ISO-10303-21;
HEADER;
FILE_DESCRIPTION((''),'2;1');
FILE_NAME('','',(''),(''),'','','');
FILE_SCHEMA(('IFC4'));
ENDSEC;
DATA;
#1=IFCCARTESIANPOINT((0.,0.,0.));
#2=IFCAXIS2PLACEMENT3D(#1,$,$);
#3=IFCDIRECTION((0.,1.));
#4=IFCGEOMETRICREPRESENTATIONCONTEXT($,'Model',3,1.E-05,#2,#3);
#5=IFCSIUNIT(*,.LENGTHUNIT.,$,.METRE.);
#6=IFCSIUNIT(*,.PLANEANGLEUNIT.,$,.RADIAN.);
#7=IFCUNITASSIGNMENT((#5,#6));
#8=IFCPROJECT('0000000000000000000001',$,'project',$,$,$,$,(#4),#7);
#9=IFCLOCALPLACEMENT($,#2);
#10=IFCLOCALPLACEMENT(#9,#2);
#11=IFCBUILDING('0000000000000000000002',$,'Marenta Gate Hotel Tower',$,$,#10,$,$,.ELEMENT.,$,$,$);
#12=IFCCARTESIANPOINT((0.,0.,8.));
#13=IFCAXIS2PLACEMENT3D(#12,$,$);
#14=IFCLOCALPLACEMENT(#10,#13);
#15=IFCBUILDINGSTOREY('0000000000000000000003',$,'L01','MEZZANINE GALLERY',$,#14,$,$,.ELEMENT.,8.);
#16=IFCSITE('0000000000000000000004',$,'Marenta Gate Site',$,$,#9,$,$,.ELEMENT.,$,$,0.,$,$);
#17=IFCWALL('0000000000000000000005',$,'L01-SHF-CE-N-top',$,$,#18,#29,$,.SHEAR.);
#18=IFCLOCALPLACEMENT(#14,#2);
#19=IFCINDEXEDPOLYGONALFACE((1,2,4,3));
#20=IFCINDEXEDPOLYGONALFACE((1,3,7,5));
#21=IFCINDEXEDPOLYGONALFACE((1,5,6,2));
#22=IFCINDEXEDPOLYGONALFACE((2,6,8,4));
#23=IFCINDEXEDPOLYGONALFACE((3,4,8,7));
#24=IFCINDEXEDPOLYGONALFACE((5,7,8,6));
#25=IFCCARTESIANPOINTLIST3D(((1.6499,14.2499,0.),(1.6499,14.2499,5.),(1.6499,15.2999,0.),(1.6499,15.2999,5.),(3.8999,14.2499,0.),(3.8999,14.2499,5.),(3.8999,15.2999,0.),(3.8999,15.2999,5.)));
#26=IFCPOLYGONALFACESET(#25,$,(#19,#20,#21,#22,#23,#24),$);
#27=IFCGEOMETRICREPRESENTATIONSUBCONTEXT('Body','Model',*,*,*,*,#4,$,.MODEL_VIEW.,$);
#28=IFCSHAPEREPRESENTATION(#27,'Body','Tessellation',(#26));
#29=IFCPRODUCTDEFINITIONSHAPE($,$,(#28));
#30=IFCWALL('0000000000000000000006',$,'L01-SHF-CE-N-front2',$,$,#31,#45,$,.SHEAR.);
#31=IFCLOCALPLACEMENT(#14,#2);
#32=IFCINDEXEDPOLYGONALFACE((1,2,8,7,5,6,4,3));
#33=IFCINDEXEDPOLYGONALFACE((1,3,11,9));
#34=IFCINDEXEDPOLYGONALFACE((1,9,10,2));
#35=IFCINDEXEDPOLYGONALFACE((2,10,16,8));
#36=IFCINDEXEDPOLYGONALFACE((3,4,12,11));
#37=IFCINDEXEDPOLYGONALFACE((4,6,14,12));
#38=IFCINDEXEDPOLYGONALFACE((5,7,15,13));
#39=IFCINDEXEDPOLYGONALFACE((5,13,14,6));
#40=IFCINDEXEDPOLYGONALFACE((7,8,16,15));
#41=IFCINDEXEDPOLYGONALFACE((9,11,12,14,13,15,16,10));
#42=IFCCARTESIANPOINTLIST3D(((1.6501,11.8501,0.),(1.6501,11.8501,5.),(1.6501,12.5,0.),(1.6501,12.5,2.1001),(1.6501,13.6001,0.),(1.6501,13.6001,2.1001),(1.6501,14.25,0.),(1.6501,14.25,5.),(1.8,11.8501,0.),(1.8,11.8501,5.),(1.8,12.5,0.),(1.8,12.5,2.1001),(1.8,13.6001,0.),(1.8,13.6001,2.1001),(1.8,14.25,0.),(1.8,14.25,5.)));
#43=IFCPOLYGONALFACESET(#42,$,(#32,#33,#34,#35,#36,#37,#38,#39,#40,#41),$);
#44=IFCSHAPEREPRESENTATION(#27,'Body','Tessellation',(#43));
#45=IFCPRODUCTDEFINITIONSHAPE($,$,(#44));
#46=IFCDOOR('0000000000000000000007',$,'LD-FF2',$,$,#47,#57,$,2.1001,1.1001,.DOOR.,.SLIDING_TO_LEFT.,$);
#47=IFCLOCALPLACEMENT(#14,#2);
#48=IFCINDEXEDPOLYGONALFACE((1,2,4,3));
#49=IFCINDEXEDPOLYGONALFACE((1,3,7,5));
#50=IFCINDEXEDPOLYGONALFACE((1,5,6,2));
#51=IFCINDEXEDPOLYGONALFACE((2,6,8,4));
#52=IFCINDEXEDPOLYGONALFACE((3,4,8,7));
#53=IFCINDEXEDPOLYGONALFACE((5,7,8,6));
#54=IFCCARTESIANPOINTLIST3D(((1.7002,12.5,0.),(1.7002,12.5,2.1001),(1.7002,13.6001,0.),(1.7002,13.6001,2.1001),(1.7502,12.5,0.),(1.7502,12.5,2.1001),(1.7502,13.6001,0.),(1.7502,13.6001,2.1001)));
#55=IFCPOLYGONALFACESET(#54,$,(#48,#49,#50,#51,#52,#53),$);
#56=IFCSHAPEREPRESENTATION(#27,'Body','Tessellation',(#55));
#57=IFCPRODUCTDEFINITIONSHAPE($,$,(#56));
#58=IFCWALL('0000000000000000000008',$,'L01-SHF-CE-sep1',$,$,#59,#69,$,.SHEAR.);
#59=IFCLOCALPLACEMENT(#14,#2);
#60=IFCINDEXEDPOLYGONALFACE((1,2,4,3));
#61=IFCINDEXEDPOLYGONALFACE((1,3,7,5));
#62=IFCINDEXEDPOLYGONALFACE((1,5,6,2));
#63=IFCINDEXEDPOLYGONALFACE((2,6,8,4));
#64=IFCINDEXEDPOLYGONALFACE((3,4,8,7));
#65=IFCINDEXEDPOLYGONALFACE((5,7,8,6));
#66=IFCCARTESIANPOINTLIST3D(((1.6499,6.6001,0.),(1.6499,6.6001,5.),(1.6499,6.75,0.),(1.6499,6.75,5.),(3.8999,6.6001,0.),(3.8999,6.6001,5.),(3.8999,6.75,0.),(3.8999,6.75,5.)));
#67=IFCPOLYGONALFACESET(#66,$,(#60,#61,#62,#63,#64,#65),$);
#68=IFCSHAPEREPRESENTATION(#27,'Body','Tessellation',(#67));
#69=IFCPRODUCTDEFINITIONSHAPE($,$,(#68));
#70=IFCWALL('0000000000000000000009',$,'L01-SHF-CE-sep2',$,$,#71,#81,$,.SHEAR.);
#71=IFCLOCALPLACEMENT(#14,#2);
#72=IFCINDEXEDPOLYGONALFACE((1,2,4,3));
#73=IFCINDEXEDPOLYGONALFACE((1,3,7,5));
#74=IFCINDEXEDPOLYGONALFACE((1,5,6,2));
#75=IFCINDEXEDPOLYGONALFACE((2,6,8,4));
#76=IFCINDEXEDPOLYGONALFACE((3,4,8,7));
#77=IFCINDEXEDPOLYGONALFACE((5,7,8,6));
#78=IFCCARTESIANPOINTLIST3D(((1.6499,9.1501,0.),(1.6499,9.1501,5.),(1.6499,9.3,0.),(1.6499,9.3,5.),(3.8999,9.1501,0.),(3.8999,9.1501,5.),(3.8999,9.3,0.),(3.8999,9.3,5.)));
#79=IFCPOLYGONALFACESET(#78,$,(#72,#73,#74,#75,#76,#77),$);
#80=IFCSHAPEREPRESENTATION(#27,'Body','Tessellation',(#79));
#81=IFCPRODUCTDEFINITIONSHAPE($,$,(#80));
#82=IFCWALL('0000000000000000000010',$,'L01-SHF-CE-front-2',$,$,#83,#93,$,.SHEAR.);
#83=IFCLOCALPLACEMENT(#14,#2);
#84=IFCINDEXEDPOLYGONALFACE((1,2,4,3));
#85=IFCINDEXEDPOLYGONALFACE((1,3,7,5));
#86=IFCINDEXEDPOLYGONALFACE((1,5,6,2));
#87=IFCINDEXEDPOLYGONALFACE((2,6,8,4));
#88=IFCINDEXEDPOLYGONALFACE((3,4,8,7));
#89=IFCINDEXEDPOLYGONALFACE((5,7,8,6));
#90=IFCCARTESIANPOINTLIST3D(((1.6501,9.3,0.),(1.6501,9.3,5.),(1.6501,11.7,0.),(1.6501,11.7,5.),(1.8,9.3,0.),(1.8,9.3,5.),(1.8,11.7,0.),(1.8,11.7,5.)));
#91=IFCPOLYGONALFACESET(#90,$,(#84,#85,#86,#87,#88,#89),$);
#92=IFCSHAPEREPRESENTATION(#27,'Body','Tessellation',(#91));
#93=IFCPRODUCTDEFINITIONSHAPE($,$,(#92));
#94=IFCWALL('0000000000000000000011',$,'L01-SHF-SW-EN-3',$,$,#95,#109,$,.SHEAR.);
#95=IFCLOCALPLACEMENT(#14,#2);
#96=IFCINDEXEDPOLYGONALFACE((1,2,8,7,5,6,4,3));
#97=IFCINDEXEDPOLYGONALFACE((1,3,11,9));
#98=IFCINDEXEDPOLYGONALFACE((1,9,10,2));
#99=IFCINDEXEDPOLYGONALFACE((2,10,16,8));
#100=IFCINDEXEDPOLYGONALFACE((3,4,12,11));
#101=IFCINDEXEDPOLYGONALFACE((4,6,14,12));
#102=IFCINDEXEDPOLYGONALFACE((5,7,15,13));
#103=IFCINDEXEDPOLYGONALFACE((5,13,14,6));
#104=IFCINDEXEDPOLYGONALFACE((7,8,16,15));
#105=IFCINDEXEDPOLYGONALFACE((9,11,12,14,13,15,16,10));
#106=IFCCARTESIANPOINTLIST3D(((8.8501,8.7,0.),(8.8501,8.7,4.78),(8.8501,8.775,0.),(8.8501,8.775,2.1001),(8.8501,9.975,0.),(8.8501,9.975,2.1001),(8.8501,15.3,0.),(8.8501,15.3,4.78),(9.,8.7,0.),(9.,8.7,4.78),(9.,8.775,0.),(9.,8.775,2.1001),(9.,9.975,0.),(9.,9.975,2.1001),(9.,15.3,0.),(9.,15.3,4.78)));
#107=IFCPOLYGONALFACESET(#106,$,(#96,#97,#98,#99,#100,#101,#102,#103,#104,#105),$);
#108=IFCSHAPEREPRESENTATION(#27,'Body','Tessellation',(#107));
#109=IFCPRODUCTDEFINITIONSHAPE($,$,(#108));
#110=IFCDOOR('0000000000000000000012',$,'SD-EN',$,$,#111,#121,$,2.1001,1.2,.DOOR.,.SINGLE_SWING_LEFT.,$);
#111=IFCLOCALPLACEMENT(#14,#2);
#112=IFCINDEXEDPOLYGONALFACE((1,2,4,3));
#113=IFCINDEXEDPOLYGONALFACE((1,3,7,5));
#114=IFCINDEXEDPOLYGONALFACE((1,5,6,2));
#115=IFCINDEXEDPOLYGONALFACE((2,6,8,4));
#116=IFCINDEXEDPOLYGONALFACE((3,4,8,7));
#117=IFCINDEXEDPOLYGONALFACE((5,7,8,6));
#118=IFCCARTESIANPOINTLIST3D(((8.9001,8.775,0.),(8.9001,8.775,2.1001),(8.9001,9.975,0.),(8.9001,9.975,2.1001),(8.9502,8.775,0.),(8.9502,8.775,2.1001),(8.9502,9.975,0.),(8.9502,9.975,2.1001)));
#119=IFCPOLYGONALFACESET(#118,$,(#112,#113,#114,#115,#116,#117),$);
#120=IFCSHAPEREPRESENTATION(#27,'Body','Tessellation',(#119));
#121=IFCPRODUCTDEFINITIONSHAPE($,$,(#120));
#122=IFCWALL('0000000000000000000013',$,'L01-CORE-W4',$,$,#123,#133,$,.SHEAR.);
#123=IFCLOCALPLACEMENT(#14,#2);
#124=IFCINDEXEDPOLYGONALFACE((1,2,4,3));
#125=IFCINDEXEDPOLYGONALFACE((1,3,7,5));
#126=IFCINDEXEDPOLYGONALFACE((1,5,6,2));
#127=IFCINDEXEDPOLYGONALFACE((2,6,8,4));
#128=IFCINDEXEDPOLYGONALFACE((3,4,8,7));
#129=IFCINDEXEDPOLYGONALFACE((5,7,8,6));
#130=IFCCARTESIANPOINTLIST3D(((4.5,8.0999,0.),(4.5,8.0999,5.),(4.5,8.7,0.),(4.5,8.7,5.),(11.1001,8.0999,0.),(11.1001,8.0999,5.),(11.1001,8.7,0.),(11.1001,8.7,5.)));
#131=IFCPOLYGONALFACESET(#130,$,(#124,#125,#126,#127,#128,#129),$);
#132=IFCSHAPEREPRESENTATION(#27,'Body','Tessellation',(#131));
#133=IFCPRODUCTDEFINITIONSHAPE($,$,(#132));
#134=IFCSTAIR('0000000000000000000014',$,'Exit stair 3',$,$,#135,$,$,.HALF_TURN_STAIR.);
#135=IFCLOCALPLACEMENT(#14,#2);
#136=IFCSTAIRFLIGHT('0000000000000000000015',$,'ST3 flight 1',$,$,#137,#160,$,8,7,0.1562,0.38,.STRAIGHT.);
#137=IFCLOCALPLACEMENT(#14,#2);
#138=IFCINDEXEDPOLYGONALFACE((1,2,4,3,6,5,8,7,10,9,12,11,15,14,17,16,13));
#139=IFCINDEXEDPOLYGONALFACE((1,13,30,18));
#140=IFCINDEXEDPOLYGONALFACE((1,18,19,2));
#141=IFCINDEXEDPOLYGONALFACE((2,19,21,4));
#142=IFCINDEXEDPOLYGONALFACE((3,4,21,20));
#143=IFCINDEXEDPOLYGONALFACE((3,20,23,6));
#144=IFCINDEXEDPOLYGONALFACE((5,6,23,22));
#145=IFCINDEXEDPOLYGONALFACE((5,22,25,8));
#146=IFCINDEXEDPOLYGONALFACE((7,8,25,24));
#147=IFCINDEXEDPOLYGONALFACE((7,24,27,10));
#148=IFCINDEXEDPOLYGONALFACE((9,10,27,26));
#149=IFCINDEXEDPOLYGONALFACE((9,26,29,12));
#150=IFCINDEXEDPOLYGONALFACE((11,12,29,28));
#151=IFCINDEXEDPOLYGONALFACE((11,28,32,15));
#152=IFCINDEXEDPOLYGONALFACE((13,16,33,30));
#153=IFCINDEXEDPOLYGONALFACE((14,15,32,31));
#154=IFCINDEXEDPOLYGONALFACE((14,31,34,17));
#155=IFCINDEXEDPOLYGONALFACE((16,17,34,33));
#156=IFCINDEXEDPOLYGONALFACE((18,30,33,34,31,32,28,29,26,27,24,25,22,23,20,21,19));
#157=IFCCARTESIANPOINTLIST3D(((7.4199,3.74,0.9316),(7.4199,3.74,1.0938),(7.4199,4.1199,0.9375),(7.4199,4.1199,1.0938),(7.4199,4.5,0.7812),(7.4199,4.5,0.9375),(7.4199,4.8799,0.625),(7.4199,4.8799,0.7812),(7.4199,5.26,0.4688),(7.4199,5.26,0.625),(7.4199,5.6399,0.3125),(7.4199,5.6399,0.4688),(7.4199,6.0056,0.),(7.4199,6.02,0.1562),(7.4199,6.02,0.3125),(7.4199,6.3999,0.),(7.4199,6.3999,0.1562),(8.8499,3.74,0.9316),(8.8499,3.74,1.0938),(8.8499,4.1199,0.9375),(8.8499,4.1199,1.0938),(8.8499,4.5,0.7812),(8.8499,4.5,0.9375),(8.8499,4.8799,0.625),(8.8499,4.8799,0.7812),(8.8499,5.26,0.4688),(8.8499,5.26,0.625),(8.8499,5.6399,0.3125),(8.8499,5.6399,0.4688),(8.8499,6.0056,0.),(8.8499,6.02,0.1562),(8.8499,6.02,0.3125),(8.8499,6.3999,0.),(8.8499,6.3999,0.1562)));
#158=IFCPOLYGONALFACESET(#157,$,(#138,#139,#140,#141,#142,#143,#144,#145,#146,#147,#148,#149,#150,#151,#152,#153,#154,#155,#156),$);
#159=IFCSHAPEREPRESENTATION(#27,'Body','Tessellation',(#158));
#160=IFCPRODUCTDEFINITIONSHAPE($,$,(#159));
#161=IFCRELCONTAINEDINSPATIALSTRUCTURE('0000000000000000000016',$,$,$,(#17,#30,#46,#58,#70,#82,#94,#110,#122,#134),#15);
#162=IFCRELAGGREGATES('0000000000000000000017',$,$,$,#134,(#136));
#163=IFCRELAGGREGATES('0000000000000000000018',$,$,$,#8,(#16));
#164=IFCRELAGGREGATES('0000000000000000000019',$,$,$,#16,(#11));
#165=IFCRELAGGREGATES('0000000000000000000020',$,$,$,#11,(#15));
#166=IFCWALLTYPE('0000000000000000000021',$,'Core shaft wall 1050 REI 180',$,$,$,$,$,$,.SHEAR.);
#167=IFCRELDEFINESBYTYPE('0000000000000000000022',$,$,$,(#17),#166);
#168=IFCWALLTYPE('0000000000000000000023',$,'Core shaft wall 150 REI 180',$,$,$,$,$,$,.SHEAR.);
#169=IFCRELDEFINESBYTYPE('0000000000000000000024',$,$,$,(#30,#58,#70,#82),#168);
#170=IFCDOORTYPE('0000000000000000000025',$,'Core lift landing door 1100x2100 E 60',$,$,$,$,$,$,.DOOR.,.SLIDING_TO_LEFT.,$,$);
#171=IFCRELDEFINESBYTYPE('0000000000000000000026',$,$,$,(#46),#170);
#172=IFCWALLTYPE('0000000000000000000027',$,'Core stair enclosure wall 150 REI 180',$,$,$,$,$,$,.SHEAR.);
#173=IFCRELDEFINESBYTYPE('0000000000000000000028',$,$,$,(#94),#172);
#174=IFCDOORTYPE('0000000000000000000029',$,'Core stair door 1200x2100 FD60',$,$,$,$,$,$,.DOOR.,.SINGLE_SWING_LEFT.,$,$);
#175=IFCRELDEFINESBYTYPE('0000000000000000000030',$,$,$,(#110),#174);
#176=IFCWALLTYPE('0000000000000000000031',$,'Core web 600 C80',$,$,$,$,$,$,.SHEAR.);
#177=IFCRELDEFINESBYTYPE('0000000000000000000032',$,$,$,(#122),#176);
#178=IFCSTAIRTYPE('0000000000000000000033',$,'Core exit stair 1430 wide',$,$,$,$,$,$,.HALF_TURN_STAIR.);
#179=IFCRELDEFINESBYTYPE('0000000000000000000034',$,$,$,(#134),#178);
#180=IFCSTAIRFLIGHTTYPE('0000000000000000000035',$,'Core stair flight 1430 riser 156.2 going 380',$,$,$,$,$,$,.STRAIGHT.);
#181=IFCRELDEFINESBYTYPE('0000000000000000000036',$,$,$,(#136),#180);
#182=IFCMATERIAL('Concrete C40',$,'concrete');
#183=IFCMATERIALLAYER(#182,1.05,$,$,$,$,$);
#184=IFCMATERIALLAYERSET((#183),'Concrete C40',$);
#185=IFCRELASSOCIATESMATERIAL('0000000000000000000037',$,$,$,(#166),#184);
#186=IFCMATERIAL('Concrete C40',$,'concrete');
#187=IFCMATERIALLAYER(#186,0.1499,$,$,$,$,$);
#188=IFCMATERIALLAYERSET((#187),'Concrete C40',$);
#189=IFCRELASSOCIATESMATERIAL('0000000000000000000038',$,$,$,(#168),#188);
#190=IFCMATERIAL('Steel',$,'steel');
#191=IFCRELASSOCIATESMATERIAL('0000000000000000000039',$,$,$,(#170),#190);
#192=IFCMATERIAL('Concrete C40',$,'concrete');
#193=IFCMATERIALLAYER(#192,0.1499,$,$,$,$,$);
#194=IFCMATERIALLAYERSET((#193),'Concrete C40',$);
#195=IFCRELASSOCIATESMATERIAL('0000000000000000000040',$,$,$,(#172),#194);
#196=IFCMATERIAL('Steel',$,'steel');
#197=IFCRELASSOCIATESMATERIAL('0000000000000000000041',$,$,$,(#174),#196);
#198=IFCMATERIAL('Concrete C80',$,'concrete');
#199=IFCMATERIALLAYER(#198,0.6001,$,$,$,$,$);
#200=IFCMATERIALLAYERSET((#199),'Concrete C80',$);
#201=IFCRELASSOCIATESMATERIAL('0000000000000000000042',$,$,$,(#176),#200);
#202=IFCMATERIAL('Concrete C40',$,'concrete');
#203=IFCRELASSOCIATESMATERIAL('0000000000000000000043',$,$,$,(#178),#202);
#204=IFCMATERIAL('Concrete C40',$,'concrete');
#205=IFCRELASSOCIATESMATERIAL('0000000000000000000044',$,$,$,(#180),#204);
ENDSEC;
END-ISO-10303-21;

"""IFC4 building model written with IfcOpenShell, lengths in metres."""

from ifc_helpers import new_model, si_unit, direction, frame, frame_2d, origin, place, context, subcontext, project, spatial, polyline, rectangle, outline, extrude, material, layer, layer_set, type_object, element, fill, aggregate, save


model = new_model("IFC4")

# Units and contexts
model_context = context("Model", 3, precision=1e-05, world=origin(), true_north=direction((0.0, 1.0)))
body_context = subcontext(model_context, "Body", "Model", "MODEL_VIEW")
ifc_project = project(units=[si_unit("LENGTHUNIT", "METRE"), si_unit("PLANEANGLEUNIT", "RADIAN")], contexts=[model_context])

# Site, building, storey
site_placement = place(None, origin())
site = spatial("IfcSite", under=ifc_project, at=site_placement, Name="Marenta Gate Site", CompositionType="ELEMENT", RefElevation=0.0)
building_placement = place(site_placement, origin())
building = spatial("IfcBuilding", under=site, at=building_placement, Name="Marenta Gate Hotel Tower", CompositionType="ELEMENT")
storey_placement = place(building_placement, frame((0.0, 0.0, 8.0)))
storey = spatial("IfcBuildingStorey", under=building, at=storey_placement, Name="L01", Description="MEZZANINE GALLERY", CompositionType="ELEMENT", Elevation=8.0)

# Wall
ifc_material_1 = material(Name="Concrete C40", Category="concrete")
ifc_layer_1 = layer(ifc_material_1, 1.05)
ifc_layer_set_1 = layer_set([ifc_layer_1], Name="Concrete C40")
wall_type_1 = type_object("IfcWallType", Name="Core shaft wall 1050 REI 180", PredefinedType="SHEAR", material=ifc_layer_set_1)
wall_1_placement = place(storey_placement, frame((1.6499, 14.7749, 0.0), z_axis=(0.0, 0.0, 1.0), x_axis=(1.0, 0.0, 0.0)))
element("IfcWall", 1, at=wall_1_placement, inside=storey, type_object=wall_type_1, Name="L01-SHF-CE-N-top", PredefinedType="SHEAR", context=body_context, shape_type="SweptSolid", body=[
    extrude(rectangle(XDim=2.25, YDim=1.05, at=frame_2d((1.125, 0.0))), origin(), (0.0, 0.0, 1.0), 5.0),
])

# Wall, opening, door
ifc_material_2 = material(Name="Concrete C40", Category="concrete")
ifc_layer_2 = layer(ifc_material_2, 0.1499)
ifc_layer_set_2 = layer_set([ifc_layer_2], Name="Concrete C40")
wall_type_2 = type_object("IfcWallType", Name="Core shaft wall 150 REI 180", PredefinedType="SHEAR", material=ifc_layer_set_2)
wall_2_placement = place(storey_placement, frame((1.7251, 11.8501, 0.0), z_axis=(0.0, 0.0, 1.0), x_axis=(0.0, 1.0, 0.0)))
wall_2 = element("IfcWall", 2, at=wall_2_placement, inside=storey, type_object=wall_type_2, Name="L01-SHF-CE-N-front2", PredefinedType="SHEAR", context=body_context, shape_type="SweptSolid", body=[
    extrude(rectangle(XDim=2.3999, YDim=0.1499, at=frame_2d((1.2, 0.0))), origin(), (0.0, 0.0, 1.0), 5.0),
])
opening_1_placement = place(wall_2_placement, frame((0.6499, 0.0, 0.0)))
opening_1 = element("IfcOpeningElement", 3, at=opening_1_placement, cuts=wall_2, PredefinedType="OPENING", context=body_context, shape_type="SweptSolid", body=[
    extrude(rectangle(XDim=1.1001, YDim=2.1001, at=frame_2d((0.55, 1.05))), frame((0.0, 0.075, 0.0), z_axis=(0.0, -1.0, 0.0), x_axis=(1.0, 0.0, 0.0)), (0.0, 0.0, 1.0), 0.1499),
])
ifc_material_3 = material(Name="Steel", Category="steel")
door_type_1 = type_object("IfcDoorType", Name="Core lift landing door 1100x2100 E 60", OperationType="SLIDING_TO_LEFT", PredefinedType="DOOR", material=ifc_material_3)
door_1_placement = place(opening_1_placement, origin())
door_1 = element("IfcDoor", 4, at=door_1_placement, inside=storey, type_object=door_type_1, Name="LD-FF2", OperationType="SLIDING_TO_LEFT", OverallHeight=2.1001, OverallWidth=1.1001, PredefinedType="DOOR", context=body_context, shape_type="SweptSolid", body=[
    extrude(rectangle(XDim=1.1001, YDim=2.1001, at=frame_2d((0.55, 1.05))), frame((0.0, 0.0249, 0.0), z_axis=(0.0, -1.0, 0.0), x_axis=(1.0, 0.0, 0.0)), (0.0, 0.0, 1.0), 0.05),
])
fill(opening_1, door_1)

# Walls
for number, where, z_axis, x_axis, name in (
    (5, (1.6499, 6.675, 0.0), (0.0, 0.0, 1.0), (1.0, 0.0, 0.0), "L01-SHF-CE-sep1"),
    (6, (1.6499, 9.2251, 0.0), (0.0, 0.0, 1.0), (1.0, 0.0, 0.0), "L01-SHF-CE-sep2"),
):
    element("IfcWall", number, at=place(storey_placement, frame(where, z_axis=z_axis, x_axis=x_axis)), inside=storey, type_object=wall_type_2, Name=name, PredefinedType="SHEAR", context=body_context, shape_type="SweptSolid", body=[
        extrude(rectangle(XDim=2.25, YDim=0.1499, at=frame_2d((1.125, 0.0))), origin(), (0.0, 0.0, 1.0), 5.0),
    ])
wall_3_placement = place(storey_placement, frame((1.7251, 9.3, 0.0), z_axis=(0.0, 0.0, 1.0), x_axis=(0.0, 1.0, 0.0)))
element("IfcWall", 7, at=wall_3_placement, inside=storey, type_object=wall_type_2, Name="L01-SHF-CE-front-2", PredefinedType="SHEAR", context=body_context, shape_type="SweptSolid", body=[
    extrude(rectangle(XDim=2.3999, YDim=0.1499, at=frame_2d((1.2, 0.0))), origin(), (0.0, 0.0, 1.0), 5.0),
])

# Wall, opening, door
ifc_material_4 = material(Name="Concrete C40", Category="concrete")
ifc_layer_3 = layer(ifc_material_4, 0.1499)
ifc_layer_set_3 = layer_set([ifc_layer_3], Name="Concrete C40")
wall_type_3 = type_object("IfcWallType", Name="Core stair enclosure wall 150 REI 180", PredefinedType="SHEAR", material=ifc_layer_set_3)
wall_4_placement = place(storey_placement, frame((8.925, 8.7, 0.0), z_axis=(0.0, 0.0, 1.0), x_axis=(0.0, 1.0, 0.0)))
wall_4 = element("IfcWall", 8, at=wall_4_placement, inside=storey, type_object=wall_type_3, Name="L01-SHF-SW-EN-3", PredefinedType="SHEAR", context=body_context, shape_type="SweptSolid", body=[
    extrude(rectangle(XDim=6.6001, YDim=0.1499, at=frame_2d((3.3, 0.0))), origin(), (0.0, 0.0, 1.0), 4.78),
])
opening_2_placement = place(wall_4_placement, frame((0.075, 0.0, 0.0)))
opening_2 = element("IfcOpeningElement", 9, at=opening_2_placement, cuts=wall_4, PredefinedType="OPENING", context=body_context, shape_type="SweptSolid", body=[
    extrude(rectangle(XDim=1.2, YDim=2.1001, at=frame_2d((0.6001, 1.05))), frame((0.0, 0.075, 0.0), z_axis=(0.0, -1.0, 0.0), x_axis=(1.0, 0.0, 0.0)), (0.0, 0.0, 1.0), 0.1499),
])
ifc_material_5 = material(Name="Steel", Category="steel")
door_type_2 = type_object("IfcDoorType", Name="Core stair door 1200x2100 FD60", OperationType="SINGLE_SWING_LEFT", PredefinedType="DOOR", material=ifc_material_5)
door_2_placement = place(opening_2_placement, origin())
door_2 = element("IfcDoor", 10, at=door_2_placement, inside=storey, type_object=door_type_2, Name="SD-EN", OperationType="SINGLE_SWING_LEFT", OverallHeight=2.1001, OverallWidth=1.2, PredefinedType="DOOR", context=body_context, shape_type="SweptSolid", body=[
    extrude(rectangle(XDim=1.2, YDim=2.1001, at=frame_2d((0.6001, 1.05))), frame((0.0, 0.0249, 0.0), z_axis=(0.0, -1.0, 0.0), x_axis=(1.0, 0.0, 0.0)), (0.0, 0.0, 1.0), 0.05),
])
fill(opening_2, door_2)

# Wall
ifc_material_6 = material(Name="Concrete C80", Category="concrete")
ifc_layer_4 = layer(ifc_material_6, 0.6001)
ifc_layer_set_4 = layer_set([ifc_layer_4], Name="Concrete C80")
wall_type_4 = type_object("IfcWallType", Name="Core web 600 C80", PredefinedType="SHEAR", material=ifc_layer_set_4)
wall_5_placement = place(storey_placement, frame((4.5, 8.3999, 0.0), z_axis=(0.0, 0.0, 1.0), x_axis=(1.0, 0.0, 0.0)))
element("IfcWall", 11, at=wall_5_placement, inside=storey, type_object=wall_type_4, Name="L01-CORE-W4", PredefinedType="SHEAR", context=body_context, shape_type="SweptSolid", body=[
    extrude(rectangle(XDim=6.6001, YDim=0.6001, at=frame_2d((3.3, 0.0))), origin(), (0.0, 0.0, 1.0), 5.0),
])

# Stair, stair flight
ifc_material_7 = material(Name="Concrete C40", Category="concrete")
stair_type = type_object("IfcStairType", Name="Core exit stair 1430 wide", PredefinedType="HALF_TURN_STAIR", material=ifc_material_7)
stair_1_placement = place(storey_placement, origin())
stair_1 = element("IfcStair", 12, at=stair_1_placement, inside=storey, type_object=stair_type, Name="Exit stair 3", PredefinedType="HALF_TURN_STAIR")
ifc_material_8 = material(Name="Concrete C40", Category="concrete")
stair_flight_type = type_object("IfcStairFlightType", Name="Core stair flight 1430 riser 156.2 going 380", PredefinedType="STRAIGHT", material=ifc_material_8)
stair_flight_1_placement = place(storey_placement, frame((8.135, 6.3999, 0.0), z_axis=(0.0, 0.0, 1.0), x_axis=(0.0, -1.0, 0.0)))
stair_flight_1 = element("IfcStairFlight", 13, at=stair_flight_1_placement, type_object=stair_flight_type, Name="ST3 flight 1", NumberOfRisers=8, NumberOfTreads=7, PredefinedType="STRAIGHT", RiserHeight=0.1562, TreadLength=0.38, context=body_context, shape_type="SweptSolid", body=[
    extrude(outline(polyline([(0.0, 0.0), (0.0, 0.1562), (0.3799, 0.1562), (0.3799, 0.3125), (0.76, 0.3125), (0.76, 0.4688), (1.1399, 0.4688), (1.1399, 0.625), (1.52, 0.625), (1.52, 0.7812), (1.8999, 0.7812), (1.8999, 0.9375), (2.28, 0.9375), (2.28, 1.0938), (2.6599, 1.0938), (2.6599, 1.25), (2.6599, 0.9316), (0.3943, 0.0), (0.0, 0.0)])), frame((0.0, 0.7148, 0.0), z_axis=(0.0, -1.0, 0.0), x_axis=(1.0, 0.0, 0.0)), (0.0, 0.0, 1.0), 1.4299),
])
aggregate(stair_1, [stair_flight_1])

save(model, "model.ifc")
